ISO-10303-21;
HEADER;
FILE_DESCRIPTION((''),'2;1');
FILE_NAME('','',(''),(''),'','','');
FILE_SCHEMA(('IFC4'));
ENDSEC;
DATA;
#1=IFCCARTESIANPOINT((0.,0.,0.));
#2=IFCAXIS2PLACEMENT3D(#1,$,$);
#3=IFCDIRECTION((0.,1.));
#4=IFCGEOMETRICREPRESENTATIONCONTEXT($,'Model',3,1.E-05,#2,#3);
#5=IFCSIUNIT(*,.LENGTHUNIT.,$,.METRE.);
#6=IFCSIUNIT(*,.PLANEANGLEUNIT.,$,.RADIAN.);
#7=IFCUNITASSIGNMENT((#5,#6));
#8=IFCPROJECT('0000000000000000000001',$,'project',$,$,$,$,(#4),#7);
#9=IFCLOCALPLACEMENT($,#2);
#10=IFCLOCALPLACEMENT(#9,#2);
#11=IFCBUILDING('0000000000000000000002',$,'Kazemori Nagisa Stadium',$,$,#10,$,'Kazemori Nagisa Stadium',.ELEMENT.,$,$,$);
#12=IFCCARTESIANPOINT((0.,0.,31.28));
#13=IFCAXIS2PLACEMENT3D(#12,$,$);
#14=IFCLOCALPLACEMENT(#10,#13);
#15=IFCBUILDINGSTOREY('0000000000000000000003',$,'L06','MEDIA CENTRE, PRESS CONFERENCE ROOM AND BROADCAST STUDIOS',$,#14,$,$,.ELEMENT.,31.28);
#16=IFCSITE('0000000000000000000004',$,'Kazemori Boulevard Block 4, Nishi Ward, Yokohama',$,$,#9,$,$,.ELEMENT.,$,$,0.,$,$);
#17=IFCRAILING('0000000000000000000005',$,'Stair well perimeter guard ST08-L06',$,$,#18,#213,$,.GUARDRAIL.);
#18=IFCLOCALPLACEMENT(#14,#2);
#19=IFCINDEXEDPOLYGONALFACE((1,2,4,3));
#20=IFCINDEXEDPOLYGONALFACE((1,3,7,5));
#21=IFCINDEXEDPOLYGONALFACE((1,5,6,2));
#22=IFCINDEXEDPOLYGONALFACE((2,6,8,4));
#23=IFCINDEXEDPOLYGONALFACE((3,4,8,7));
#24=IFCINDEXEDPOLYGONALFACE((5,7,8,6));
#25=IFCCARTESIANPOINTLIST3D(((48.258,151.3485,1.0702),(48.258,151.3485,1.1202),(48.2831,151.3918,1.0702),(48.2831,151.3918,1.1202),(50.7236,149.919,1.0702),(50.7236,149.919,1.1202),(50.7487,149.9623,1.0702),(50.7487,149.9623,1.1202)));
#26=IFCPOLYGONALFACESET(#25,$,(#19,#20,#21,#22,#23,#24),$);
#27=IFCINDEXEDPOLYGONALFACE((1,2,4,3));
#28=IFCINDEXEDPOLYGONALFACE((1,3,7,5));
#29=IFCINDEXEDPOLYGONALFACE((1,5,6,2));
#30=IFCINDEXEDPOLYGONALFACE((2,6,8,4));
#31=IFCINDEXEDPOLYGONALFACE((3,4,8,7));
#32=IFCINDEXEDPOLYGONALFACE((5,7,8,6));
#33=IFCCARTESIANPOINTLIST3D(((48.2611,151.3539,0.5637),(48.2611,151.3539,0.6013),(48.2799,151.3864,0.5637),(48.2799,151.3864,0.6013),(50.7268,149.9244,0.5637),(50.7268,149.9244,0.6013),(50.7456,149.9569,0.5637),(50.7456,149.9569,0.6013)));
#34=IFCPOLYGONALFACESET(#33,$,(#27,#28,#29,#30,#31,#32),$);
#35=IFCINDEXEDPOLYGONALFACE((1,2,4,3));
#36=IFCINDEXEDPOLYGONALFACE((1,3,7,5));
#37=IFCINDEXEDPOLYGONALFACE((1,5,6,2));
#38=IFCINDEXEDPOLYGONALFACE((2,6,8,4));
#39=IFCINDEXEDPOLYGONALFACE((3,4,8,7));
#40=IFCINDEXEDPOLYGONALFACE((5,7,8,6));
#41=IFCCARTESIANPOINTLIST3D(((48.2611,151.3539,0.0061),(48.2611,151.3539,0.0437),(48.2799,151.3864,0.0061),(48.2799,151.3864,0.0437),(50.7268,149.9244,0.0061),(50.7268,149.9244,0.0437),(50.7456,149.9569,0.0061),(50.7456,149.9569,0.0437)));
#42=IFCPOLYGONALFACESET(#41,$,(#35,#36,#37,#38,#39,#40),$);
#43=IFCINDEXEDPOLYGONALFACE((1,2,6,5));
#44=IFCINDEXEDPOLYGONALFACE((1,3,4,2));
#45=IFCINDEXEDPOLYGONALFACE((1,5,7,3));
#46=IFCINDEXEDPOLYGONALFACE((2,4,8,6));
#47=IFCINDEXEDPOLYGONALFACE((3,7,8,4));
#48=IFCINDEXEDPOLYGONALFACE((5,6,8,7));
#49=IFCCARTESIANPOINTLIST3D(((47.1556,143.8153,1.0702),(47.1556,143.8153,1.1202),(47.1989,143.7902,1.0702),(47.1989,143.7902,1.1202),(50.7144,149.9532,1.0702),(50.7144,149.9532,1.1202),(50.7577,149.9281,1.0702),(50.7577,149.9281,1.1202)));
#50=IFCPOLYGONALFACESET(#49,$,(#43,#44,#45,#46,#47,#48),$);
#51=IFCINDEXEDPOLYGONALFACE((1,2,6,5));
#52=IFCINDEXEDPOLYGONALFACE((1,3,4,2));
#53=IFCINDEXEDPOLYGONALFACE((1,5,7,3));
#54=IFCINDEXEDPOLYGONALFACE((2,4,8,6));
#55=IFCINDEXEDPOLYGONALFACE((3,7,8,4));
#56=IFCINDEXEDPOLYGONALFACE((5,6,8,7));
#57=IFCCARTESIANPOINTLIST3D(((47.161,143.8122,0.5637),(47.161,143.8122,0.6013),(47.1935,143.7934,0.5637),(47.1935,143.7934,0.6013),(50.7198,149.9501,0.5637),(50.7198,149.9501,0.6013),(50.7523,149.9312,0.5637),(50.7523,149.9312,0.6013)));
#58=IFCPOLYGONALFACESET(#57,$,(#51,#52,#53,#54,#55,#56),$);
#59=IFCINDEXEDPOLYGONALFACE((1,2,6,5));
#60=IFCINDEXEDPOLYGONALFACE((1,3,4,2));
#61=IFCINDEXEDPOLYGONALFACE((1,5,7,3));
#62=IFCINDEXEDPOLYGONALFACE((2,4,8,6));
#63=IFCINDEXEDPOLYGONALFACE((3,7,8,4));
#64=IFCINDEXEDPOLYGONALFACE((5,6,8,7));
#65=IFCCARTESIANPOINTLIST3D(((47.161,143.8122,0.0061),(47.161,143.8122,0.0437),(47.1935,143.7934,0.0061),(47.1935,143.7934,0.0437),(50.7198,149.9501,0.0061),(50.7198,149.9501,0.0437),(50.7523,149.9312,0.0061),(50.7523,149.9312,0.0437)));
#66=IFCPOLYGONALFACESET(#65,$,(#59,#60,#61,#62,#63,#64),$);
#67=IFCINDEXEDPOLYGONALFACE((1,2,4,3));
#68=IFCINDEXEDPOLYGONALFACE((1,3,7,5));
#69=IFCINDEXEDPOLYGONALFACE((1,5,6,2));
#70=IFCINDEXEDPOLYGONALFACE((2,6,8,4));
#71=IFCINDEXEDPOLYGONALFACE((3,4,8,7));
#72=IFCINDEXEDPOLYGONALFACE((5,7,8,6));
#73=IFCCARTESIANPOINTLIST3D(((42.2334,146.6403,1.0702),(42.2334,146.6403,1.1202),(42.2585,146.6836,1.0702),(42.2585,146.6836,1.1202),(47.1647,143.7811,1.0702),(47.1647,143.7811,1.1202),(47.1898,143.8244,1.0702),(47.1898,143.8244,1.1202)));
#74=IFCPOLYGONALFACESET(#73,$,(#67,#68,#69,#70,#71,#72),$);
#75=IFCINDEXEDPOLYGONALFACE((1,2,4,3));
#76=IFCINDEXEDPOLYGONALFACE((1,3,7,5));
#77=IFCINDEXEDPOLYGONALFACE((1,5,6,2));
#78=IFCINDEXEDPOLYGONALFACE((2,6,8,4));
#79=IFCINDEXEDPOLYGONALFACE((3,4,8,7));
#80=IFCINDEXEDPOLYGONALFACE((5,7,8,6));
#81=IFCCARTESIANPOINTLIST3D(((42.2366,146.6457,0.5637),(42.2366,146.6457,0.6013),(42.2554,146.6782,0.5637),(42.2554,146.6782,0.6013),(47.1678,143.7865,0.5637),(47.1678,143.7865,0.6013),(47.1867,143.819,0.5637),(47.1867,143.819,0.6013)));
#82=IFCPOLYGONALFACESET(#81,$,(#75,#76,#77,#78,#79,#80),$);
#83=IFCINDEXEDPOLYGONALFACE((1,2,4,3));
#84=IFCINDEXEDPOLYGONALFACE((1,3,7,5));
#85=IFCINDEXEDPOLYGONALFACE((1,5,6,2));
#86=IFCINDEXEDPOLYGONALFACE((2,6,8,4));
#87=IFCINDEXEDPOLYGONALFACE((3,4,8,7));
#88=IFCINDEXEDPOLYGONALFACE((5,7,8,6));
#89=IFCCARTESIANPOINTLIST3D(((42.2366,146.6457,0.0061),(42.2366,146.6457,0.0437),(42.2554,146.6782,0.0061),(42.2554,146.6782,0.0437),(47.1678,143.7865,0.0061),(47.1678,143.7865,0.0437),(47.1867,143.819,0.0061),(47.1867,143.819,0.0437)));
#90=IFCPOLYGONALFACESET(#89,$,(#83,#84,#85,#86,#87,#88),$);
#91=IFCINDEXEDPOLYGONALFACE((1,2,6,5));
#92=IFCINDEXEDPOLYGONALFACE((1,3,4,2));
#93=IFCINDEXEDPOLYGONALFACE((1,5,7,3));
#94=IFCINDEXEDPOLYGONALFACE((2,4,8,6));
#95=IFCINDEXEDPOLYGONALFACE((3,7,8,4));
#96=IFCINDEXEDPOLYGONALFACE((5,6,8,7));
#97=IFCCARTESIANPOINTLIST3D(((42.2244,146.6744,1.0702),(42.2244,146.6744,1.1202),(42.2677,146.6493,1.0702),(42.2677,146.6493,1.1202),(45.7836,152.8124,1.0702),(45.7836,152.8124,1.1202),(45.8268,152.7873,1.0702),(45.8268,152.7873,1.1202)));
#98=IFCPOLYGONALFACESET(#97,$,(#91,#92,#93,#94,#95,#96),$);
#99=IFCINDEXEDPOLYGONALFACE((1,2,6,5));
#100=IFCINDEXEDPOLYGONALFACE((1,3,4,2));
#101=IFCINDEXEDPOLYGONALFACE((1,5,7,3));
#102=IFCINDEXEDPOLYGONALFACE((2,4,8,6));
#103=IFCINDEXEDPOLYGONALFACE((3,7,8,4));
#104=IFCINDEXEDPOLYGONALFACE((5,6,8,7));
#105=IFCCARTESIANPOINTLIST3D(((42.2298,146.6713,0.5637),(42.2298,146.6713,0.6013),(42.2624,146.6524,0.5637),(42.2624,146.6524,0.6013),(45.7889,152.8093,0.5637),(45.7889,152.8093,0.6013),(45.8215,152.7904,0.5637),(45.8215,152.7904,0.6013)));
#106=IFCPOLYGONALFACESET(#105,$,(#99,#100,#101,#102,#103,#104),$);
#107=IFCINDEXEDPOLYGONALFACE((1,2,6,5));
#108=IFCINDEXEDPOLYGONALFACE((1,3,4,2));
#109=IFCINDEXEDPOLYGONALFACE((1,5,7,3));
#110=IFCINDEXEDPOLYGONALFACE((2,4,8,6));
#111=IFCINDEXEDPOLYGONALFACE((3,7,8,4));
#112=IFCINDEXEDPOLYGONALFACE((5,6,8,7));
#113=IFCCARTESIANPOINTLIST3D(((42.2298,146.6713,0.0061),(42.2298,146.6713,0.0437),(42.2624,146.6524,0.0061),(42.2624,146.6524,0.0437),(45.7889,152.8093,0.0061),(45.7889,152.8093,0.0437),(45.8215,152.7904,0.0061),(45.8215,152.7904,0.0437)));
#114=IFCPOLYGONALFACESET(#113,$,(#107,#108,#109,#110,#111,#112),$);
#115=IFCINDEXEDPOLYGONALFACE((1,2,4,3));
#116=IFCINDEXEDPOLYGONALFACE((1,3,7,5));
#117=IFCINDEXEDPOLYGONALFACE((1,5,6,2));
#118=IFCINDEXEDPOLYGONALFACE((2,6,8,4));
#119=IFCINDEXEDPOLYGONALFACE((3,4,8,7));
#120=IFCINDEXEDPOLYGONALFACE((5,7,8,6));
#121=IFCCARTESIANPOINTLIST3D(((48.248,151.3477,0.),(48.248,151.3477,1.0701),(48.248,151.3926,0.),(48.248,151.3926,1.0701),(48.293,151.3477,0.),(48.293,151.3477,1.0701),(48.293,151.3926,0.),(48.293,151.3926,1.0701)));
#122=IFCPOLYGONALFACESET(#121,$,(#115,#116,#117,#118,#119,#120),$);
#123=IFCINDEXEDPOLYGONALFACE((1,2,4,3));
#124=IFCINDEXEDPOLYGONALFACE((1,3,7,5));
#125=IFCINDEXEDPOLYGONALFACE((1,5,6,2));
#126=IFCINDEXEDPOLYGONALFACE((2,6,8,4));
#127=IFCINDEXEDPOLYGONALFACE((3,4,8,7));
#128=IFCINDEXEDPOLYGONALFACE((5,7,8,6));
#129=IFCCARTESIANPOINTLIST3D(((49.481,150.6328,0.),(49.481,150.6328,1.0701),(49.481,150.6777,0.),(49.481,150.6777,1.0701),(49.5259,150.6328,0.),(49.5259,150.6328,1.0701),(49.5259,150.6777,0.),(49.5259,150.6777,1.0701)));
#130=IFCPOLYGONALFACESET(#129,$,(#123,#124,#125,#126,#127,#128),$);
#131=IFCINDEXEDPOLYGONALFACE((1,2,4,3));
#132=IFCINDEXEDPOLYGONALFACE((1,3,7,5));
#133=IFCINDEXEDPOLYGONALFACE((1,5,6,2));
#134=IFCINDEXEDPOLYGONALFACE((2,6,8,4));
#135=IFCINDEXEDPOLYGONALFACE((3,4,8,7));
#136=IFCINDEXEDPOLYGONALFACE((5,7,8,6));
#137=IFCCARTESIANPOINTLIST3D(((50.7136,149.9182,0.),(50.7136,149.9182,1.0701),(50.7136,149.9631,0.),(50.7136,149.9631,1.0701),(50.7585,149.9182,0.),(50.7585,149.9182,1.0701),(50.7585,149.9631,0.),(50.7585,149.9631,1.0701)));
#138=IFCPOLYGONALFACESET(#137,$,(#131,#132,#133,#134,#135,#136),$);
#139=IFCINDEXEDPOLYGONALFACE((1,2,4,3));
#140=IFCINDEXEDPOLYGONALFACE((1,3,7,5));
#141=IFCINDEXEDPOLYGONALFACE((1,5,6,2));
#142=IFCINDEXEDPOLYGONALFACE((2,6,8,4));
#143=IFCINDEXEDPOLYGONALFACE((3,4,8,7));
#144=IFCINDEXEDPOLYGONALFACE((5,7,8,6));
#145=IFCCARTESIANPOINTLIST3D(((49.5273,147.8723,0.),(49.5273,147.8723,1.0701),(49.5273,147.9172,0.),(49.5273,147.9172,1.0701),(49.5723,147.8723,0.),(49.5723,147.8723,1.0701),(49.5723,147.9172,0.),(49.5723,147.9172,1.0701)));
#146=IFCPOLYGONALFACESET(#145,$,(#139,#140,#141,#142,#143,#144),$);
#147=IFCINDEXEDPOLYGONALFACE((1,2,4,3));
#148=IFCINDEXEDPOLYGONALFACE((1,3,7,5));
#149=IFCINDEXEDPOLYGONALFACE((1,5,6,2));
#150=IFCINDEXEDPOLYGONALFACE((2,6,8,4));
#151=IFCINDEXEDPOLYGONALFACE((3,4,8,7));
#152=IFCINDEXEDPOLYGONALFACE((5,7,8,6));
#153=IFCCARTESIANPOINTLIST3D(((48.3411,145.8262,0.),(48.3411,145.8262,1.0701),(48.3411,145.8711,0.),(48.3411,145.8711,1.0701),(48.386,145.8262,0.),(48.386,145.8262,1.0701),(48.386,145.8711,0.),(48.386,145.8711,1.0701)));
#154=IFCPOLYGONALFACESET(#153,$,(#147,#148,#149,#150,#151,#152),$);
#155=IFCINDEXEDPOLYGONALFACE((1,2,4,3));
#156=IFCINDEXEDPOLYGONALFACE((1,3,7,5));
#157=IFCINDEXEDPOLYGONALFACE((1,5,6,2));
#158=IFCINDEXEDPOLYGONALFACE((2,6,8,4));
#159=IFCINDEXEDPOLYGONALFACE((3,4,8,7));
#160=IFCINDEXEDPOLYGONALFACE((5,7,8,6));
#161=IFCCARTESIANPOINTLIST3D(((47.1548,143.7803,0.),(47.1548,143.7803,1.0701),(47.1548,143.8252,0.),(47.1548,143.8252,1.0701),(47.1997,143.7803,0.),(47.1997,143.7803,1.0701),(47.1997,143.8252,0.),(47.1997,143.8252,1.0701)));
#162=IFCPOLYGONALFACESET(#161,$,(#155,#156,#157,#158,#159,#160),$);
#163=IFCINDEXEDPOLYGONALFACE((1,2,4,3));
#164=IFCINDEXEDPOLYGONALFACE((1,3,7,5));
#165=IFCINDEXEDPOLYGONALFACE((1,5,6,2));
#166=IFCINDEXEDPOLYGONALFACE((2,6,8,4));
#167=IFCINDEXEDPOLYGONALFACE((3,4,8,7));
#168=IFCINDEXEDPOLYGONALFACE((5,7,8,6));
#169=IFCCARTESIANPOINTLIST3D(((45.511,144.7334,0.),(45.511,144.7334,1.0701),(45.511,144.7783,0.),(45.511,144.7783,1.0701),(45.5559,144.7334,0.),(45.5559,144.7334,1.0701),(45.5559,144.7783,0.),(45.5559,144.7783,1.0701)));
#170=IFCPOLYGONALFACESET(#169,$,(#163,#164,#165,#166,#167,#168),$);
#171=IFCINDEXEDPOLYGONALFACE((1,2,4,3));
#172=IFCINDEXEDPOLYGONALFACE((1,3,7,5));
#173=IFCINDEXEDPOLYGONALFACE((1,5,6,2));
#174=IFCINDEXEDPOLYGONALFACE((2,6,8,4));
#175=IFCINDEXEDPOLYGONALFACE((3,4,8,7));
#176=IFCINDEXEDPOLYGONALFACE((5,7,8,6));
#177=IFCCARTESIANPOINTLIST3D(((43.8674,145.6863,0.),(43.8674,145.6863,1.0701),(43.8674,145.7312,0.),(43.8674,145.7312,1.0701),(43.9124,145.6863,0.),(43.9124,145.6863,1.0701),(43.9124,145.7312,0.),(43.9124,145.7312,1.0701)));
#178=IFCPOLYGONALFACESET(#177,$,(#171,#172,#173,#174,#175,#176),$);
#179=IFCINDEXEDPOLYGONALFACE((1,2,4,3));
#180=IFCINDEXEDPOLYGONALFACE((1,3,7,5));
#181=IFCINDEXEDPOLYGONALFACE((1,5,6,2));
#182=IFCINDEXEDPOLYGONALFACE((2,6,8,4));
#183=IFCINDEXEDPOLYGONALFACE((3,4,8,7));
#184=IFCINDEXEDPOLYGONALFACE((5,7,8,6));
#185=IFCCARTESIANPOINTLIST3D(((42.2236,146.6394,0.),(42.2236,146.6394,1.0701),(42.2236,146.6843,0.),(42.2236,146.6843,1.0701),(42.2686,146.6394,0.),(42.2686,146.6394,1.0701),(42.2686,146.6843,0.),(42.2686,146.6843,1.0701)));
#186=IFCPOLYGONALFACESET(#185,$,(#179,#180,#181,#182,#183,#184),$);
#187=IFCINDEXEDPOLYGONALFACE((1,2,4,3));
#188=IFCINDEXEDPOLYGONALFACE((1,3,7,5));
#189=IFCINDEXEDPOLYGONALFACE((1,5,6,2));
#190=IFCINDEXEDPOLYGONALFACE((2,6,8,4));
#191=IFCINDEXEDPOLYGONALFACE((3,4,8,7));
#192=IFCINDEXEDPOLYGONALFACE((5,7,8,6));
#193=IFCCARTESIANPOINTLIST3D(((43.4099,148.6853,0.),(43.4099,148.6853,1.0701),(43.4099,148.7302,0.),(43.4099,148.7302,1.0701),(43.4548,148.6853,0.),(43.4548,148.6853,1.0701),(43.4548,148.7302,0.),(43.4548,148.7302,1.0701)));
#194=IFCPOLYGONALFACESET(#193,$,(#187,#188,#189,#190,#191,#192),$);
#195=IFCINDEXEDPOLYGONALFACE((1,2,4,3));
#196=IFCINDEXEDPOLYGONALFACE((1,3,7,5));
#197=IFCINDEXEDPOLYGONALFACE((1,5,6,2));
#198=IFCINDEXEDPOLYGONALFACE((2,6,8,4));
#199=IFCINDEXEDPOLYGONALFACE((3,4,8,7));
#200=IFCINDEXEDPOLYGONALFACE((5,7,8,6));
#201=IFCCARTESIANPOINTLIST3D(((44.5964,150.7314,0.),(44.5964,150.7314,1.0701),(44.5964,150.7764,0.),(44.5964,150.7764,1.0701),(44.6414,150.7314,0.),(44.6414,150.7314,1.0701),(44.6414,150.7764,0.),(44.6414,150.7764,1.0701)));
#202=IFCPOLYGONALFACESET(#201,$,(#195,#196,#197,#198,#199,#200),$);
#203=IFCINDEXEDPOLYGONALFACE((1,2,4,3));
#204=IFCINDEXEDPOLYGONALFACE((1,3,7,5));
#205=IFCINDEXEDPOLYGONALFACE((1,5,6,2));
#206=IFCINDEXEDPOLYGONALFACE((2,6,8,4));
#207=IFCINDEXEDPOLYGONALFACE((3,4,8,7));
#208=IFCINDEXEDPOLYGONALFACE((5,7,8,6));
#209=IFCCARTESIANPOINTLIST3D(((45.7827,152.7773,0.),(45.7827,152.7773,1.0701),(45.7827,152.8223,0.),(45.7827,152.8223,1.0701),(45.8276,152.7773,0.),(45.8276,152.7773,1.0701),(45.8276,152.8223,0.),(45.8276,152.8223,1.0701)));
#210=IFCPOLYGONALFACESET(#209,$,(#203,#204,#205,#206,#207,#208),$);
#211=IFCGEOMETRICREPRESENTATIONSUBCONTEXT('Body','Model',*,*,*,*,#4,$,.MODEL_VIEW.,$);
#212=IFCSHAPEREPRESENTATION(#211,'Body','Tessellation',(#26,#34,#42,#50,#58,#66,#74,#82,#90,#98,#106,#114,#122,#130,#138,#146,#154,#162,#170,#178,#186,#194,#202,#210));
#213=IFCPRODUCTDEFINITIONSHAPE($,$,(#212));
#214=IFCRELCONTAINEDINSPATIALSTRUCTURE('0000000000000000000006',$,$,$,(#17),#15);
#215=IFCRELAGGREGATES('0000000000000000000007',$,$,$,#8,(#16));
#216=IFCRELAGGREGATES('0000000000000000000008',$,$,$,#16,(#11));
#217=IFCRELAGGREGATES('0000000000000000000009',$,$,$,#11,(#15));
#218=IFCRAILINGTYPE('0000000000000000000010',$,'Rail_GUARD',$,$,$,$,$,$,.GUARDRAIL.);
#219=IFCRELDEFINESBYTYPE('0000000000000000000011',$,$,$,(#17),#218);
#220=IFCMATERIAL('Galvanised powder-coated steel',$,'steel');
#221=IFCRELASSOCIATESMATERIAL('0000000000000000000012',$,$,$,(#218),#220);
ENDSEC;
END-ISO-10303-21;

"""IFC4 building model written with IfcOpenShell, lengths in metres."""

from ifc_helpers import new_model, si_unit, direction, frame, origin, origin_2d, place, context, subcontext, project, spatial, rectangle, extrude, material, type_object, element, save


model = new_model("IFC4")

# Units and contexts
model_context = context("Model", 3, precision=1e-05, world=origin(), true_north=direction((0.0, 1.0)))
body_context = subcontext(model_context, "Body", "Model", "MODEL_VIEW")
ifc_project = project(units=[si_unit("LENGTHUNIT", "METRE"), si_unit("PLANEANGLEUNIT", "RADIAN")], contexts=[model_context])

# Site, building, storey
site_placement = place(None, origin())
site = spatial("IfcSite", under=ifc_project, at=site_placement, Name="Kazemori Boulevard Block 4, Nishi Ward, Yokohama", CompositionType="ELEMENT", RefElevation=0.0)
building_placement = place(site_placement, origin())
building = spatial("IfcBuilding", under=site, at=building_placement, Name="Kazemori Nagisa Stadium", LongName="Kazemori Nagisa Stadium", CompositionType="ELEMENT")
storey_placement = place(building_placement, frame((0.0, 0.0, 31.28)))
storey = spatial("IfcBuildingStorey", under=building, at=storey_placement, Name="L06", Description="MEDIA CENTRE, PRESS CONFERENCE ROOM AND BROADCAST STUDIOS", CompositionType="ELEMENT", Elevation=31.28)

# Railing
ifc_material_1 = material(Name="Galvanised powder-coated steel", Category="steel")
railing_type_1 = type_object("IfcRailingType", Name="Rail_GUARD", PredefinedType="GUARDRAIL", material=ifc_material_1)
railing_1_placement = place(storey_placement, frame((48.2705, 151.3701, 0.0)))
element("IfcRailing", 1, at=railing_1_placement, inside=storey, type_object=railing_type_1, Name="Stair well perimeter guard ST08-L06", PredefinedType="GUARDRAIL", context=body_context, shape_type="SweptSolid", body=[
    extrude(rectangle(XDim=0.05, YDim=0.05, at=origin_2d()), frame((0.0, 0.0, 1.0952), z_axis=(0.865121, -0.501563, 0.0), x_axis=(0.501563, 0.865121, 0.0)), (0.0, 0.0, 1.0), 2.8501),
    extrude(rectangle(XDim=0.0376, YDim=0.0376, at=origin_2d()), frame((0.0, 0.0, 0.5825), z_axis=(0.865121, -0.501563, 0.0), x_axis=(0.501563, 0.865121, 0.0)), (0.0, 0.0, 1.0), 2.8501),
    extrude(rectangle(XDim=0.0376, YDim=0.0376, at=origin_2d()), frame((0.0, 0.0, 0.0249), z_axis=(0.865121, -0.501563, 0.0), x_axis=(0.501563, 0.865121, 0.0)), (0.0, 0.0, 1.0), 2.8501),
    extrude(rectangle(XDim=0.05, YDim=0.05, at=origin_2d()), frame((2.4656, -1.4294, 1.0952), z_axis=(-0.501595, -0.865103, 0.0), x_axis=(0.865103, -0.501595, 0.0)), (0.0, 0.0, 1.0), 7.095),
    extrude(rectangle(XDim=0.0376, YDim=0.0376, at=origin_2d()), frame((2.4656, -1.4294, 0.5825), z_axis=(-0.501595, -0.865103, 0.0), x_axis=(0.865103, -0.501595, 0.0)), (0.0, 0.0, 1.0), 7.095),
    extrude(rectangle(XDim=0.0376, YDim=0.0376, at=origin_2d()), frame((2.4656, -1.4294, 0.0249), z_axis=(-0.501595, -0.865103, 0.0), x_axis=(0.865103, -0.501595, 0.0)), (0.0, 0.0, 1.0), 7.095),
    extrude(rectangle(XDim=0.05, YDim=0.05, at=origin_2d()), frame((-1.0933, -7.5674, 1.0952), z_axis=(-0.865103, 0.501595, 0.0), x_axis=(-0.501595, -0.865103, 0.0)), (0.0, 0.0, 1.0), 5.7002),
    extrude(rectangle(XDim=0.0376, YDim=0.0376, at=origin_2d()), frame((-1.0933, -7.5674, 0.5825), z_axis=(-0.865103, 0.501595, 0.0), x_axis=(-0.501595, -0.865103, 0.0)), (0.0, 0.0, 1.0), 5.7002),
    extrude(rectangle(XDim=0.0376, YDim=0.0376, at=origin_2d()), frame((-1.0933, -7.5674, 0.0249), z_axis=(-0.865103, 0.501595, 0.0), x_axis=(-0.501595, -0.865103, 0.0)), (0.0, 0.0, 1.0), 5.7002),
    extrude(rectangle(XDim=0.05, YDim=0.05, at=origin_2d()), frame((-6.0244, -4.7083, 1.0952), z_axis=(0.501621, 0.865088, 0.0), x_axis=(-0.865088, 0.501621, 0.0)), (0.0, 0.0, 1.0), 7.0952),
    extrude(rectangle(XDim=0.0376, YDim=0.0376, at=origin_2d()), frame((-6.0244, -4.7083, 0.5825), z_axis=(0.501621, 0.865088, 0.0), x_axis=(-0.865088, 0.501621, 0.0)), (0.0, 0.0, 1.0), 7.0952),
    extrude(rectangle(XDim=0.0376, YDim=0.0376, at=origin_2d()), frame((-6.0244, -4.7083, 0.0249), z_axis=(0.501621, 0.865088, 0.0), x_axis=(-0.865088, 0.501621, 0.0)), (0.0, 0.0, 1.0), 7.0952),
    extrude(rectangle(XDim=0.0449, YDim=0.0449, at=origin_2d()), origin(), (0.0, 0.0, 1.0), 1.0701),
    extrude(rectangle(XDim=0.0449, YDim=0.0449, at=origin_2d()), frame((1.2329, -0.7148, 0.0)), (0.0, 0.0, 1.0), 1.0701),
    extrude(rectangle(XDim=0.0449, YDim=0.0449, at=origin_2d()), frame((2.4656, -1.4294, 0.0)), (0.0, 0.0, 1.0), 1.0701),
    extrude(rectangle(XDim=0.0449, YDim=0.0449, at=origin_2d()), frame((1.2793, -3.4753, 0.0)), (0.0, 0.0, 1.0), 1.0701),
    extrude(rectangle(XDim=0.0449, YDim=0.0449, at=origin_2d()), frame((0.093, -5.5215, 0.0)), (0.0, 0.0, 1.0), 1.0701),
    extrude(rectangle(XDim=0.0449, YDim=0.0449, at=origin_2d()), frame((-1.0933, -7.5674, 0.0)), (0.0, 0.0, 1.0), 1.0701),
    extrude(rectangle(XDim=0.0449, YDim=0.0449, at=origin_2d()), frame((-2.7371, -6.6143, 0.0)), (0.0, 0.0, 1.0), 1.0701),
    extrude(rectangle(XDim=0.0449, YDim=0.0449, at=origin_2d()), frame((-4.3806, -5.6614, 0.0)), (0.0, 0.0, 1.0), 1.0701),
    extrude(rectangle(XDim=0.0449, YDim=0.0449, at=origin_2d()), frame((-6.0244, -4.7083, 0.0)), (0.0, 0.0, 1.0), 1.0701),
    extrude(rectangle(XDim=0.0449, YDim=0.0449, at=origin_2d()), frame((-4.8381, -2.6624, 0.0)), (0.0, 0.0, 1.0), 1.0701),
    extrude(rectangle(XDim=0.0449, YDim=0.0449, at=origin_2d()), frame((-3.6516, -0.6162, 0.0)), (0.0, 0.0, 1.0), 1.0701),
    extrude(rectangle(XDim=0.0449, YDim=0.0449, at=origin_2d()), frame((-2.4653, 1.4297, 0.0)), (0.0, 0.0, 1.0), 1.0701),
])

save(model, "model.ifc")
